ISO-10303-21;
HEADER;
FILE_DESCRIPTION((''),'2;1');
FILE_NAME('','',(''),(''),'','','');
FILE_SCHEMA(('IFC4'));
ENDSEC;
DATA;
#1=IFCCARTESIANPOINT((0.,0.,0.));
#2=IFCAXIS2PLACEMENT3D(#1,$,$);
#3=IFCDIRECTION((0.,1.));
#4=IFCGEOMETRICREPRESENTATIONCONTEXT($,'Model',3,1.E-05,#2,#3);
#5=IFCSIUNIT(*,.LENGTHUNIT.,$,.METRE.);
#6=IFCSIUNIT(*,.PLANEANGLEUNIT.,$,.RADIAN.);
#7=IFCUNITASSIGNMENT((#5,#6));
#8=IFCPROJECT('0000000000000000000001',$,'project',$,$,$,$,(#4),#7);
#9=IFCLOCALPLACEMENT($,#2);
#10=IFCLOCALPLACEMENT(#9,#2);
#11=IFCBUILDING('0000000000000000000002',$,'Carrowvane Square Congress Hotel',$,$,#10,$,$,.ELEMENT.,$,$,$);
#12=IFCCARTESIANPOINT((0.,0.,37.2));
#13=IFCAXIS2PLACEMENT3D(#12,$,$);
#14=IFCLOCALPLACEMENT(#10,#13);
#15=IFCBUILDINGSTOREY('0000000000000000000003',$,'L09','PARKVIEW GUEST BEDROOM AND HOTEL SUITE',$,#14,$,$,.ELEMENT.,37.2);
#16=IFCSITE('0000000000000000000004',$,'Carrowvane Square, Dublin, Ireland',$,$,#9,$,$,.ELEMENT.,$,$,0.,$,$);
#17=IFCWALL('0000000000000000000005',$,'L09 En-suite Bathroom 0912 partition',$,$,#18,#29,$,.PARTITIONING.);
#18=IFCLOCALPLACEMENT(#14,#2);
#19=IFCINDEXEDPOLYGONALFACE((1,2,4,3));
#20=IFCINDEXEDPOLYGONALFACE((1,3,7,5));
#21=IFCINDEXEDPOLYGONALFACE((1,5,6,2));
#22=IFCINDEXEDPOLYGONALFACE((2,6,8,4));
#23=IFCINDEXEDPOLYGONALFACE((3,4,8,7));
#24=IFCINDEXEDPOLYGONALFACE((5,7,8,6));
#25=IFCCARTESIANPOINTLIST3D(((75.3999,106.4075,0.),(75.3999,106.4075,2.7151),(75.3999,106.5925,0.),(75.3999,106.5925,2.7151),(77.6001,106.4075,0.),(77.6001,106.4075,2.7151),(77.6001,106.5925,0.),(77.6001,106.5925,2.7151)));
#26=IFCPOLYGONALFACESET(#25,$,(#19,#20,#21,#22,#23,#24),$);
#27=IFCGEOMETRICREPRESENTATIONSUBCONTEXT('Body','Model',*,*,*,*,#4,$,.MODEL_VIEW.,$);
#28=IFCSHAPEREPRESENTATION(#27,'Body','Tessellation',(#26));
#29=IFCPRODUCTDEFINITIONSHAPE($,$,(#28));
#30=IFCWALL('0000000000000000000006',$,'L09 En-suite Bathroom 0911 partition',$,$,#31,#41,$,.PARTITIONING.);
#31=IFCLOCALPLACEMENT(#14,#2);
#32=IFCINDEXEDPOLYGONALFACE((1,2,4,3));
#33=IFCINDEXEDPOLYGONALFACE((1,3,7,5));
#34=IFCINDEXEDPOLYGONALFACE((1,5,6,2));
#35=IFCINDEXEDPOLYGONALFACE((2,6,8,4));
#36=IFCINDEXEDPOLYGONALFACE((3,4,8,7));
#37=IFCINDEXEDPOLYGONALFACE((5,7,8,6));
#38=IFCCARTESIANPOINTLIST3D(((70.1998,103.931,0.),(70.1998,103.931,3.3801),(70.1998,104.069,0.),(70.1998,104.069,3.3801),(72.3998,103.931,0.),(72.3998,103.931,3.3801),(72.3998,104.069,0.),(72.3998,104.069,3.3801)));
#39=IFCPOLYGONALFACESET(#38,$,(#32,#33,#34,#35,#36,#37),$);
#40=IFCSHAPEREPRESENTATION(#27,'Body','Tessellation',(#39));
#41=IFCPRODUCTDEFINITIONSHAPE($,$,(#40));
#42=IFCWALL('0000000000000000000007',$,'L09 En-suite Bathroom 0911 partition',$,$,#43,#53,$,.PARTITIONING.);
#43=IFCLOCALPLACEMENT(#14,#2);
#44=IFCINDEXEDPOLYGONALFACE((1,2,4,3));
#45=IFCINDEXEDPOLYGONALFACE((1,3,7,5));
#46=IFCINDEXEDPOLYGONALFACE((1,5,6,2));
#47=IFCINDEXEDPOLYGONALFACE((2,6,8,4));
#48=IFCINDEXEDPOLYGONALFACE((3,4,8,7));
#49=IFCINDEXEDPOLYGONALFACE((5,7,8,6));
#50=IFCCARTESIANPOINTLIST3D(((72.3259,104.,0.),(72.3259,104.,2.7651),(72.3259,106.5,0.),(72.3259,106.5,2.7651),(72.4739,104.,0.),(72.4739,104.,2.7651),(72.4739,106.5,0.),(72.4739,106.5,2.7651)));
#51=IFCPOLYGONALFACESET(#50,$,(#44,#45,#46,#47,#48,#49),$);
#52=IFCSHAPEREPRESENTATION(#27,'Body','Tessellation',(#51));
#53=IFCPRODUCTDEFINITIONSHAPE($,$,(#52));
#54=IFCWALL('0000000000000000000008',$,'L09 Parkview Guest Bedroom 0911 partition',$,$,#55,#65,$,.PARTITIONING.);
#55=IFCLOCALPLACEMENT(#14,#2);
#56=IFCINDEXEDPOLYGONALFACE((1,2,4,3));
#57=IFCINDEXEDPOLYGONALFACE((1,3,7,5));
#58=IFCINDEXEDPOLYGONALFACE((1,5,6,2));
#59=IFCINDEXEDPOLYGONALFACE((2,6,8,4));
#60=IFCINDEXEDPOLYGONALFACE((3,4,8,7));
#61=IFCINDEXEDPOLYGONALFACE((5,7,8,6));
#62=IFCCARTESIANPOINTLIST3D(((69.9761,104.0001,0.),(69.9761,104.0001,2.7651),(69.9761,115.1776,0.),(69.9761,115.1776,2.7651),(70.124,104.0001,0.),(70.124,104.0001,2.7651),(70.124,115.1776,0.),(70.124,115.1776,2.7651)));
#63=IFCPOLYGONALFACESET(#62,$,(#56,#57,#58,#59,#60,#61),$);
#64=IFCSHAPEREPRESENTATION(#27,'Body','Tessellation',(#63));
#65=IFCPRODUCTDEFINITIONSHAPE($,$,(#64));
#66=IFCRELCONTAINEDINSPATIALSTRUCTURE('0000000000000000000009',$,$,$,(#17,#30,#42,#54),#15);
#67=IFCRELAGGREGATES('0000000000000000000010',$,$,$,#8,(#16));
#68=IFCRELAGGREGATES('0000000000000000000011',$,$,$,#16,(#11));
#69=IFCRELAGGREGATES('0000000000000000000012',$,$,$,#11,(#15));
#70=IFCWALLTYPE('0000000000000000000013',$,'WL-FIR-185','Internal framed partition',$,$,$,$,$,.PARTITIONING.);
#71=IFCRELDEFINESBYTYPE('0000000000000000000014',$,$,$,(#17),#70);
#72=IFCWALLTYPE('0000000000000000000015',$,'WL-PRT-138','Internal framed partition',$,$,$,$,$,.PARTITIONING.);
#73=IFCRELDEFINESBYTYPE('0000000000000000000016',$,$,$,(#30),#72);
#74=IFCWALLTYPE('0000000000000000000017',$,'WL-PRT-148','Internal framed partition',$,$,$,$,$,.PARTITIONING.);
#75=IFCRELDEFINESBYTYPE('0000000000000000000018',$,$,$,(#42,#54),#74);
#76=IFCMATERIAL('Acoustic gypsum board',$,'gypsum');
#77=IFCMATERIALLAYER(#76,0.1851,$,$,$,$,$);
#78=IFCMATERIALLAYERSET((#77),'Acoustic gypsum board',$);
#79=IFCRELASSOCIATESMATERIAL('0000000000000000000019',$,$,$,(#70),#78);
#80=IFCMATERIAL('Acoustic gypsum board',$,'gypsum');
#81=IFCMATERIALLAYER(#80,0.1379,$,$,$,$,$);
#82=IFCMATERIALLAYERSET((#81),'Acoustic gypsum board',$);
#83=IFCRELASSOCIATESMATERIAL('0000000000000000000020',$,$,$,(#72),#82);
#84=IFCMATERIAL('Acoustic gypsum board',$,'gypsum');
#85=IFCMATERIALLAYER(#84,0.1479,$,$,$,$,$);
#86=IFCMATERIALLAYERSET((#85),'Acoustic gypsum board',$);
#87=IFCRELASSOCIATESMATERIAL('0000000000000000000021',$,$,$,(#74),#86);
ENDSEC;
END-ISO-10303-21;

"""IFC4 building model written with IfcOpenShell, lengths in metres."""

from ifc_helpers import new_model, si_unit, direction, frame, frame_2d, origin, place, context, subcontext, project, spatial, rectangle, extrude, material, layer, layer_set, type_object, element, save


model = new_model("IFC4")

# Units and contexts
model_context = context("Model", 3, precision=1e-05, world=origin(), true_north=direction((0.0, 1.0)))
body_context = subcontext(model_context, "Body", "Model", "MODEL_VIEW")
ifc_project = project(units=[si_unit("LENGTHUNIT", "METRE"), si_unit("PLANEANGLEUNIT", "RADIAN")], contexts=[model_context])

# Site, building, storey
site_placement = place(None, origin())
site = spatial("IfcSite", under=ifc_project, at=site_placement, Name="Carrowvane Square, Dublin, Ireland", CompositionType="ELEMENT", RefElevation=0.0)
building_placement = place(site_placement, origin())
building = spatial("IfcBuilding", under=site, at=building_placement, Name="Carrowvane Square Congress Hotel", CompositionType="ELEMENT")
storey_placement = place(building_placement, frame((0.0, 0.0, 37.2)))
storey = spatial("IfcBuildingStorey", under=building, at=storey_placement, Name="L09", Description="PARKVIEW GUEST BEDROOM AND HOTEL SUITE", CompositionType="ELEMENT", Elevation=37.2)

# Walls
ifc_material_1 = material(Name="Acoustic gypsum board", Category="gypsum")
ifc_layer_1 = layer(ifc_material_1, 0.1851)
ifc_layer_set_1 = layer_set([ifc_layer_1], Name="Acoustic gypsum board")
wall_type_1 = type_object("IfcWallType", Name="WL-FIR-185", Description="Internal framed partition", PredefinedType="PARTITIONING", material=ifc_layer_set_1)
wall_1_placement = place(storey_placement, frame((75.3999, 106.5, 0.0), z_axis=(0.0, 0.0, 1.0), x_axis=(1.0, 0.0, 0.0)))
element("IfcWall", 1, at=wall_1_placement, inside=storey, type_object=wall_type_1, Name="L09 En-suite Bathroom 0912 partition", PredefinedType="PARTITIONING", context=body_context, shape_type="SweptSolid", body=[
    extrude(rectangle(XDim=2.2002, YDim=0.1851, at=frame_2d((1.1001, 0.0))), origin(), (0.0, 0.0, 1.0), 2.7151),
])
ifc_material_2 = material(Name="Acoustic gypsum board", Category="gypsum")
ifc_layer_2 = layer(ifc_material_2, 0.1379)
ifc_layer_set_2 = layer_set([ifc_layer_2], Name="Acoustic gypsum board")
wall_type_2 = type_object("IfcWallType", Name="WL-PRT-138", Description="Internal framed partition", PredefinedType="PARTITIONING", material=ifc_layer_set_2)
wall_2_placement = place(storey_placement, frame((72.3999, 104.0, 0.0), z_axis=(0.0, 0.0, 1.0), x_axis=(-1.0, 0.0, 0.0)))
element("IfcWall", 2, at=wall_2_placement, inside=storey, type_object=wall_type_2, Name="L09 En-suite Bathroom 0911 partition", PredefinedType="PARTITIONING", context=body_context, shape_type="SweptSolid", body=[
    extrude(rectangle(XDim=2.2, YDim=0.1379, at=frame_2d((1.1001, 0.0))), origin(), (0.0, 0.0, 1.0), 3.3801),
])
ifc_material_3 = material(Name="Acoustic gypsum board", Category="gypsum")
ifc_layer_3 = layer(ifc_material_3, 0.1479)
ifc_layer_set_3 = layer_set([ifc_layer_3], Name="Acoustic gypsum board")
wall_type_3 = type_object("IfcWallType", Name="WL-PRT-148", Description="Internal framed partition", PredefinedType="PARTITIONING", material=ifc_layer_set_3)
wall_3_placement = place(storey_placement, frame((72.3999, 106.5, 0.0), z_axis=(0.0, 0.0, 1.0), x_axis=(0.0, -1.0, 0.0)))
element("IfcWall", 3, at=wall_3_placement, inside=storey, type_object=wall_type_3, Name="L09 En-suite Bathroom 0911 partition", PredefinedType="PARTITIONING", context=body_context, shape_type="SweptSolid", body=[
    extrude(rectangle(XDim=2.5, YDim=0.1479, at=frame_2d((1.25, 0.0))), origin(), (0.0, 0.0, 1.0), 2.7651),
])
wall_4_placement = place(storey_placement, frame((70.05, 104.0, 0.0), z_axis=(0.0, 0.0, 1.0), x_axis=(0.0, 1.0, 0.0)))
element("IfcWall", 4, at=wall_4_placement, inside=storey, type_object=wall_type_3, Name="L09 Parkview Guest Bedroom 0911 partition", PredefinedType="PARTITIONING", context=body_context, shape_type="SweptSolid", body=[
    extrude(rectangle(XDim=11.1775, YDim=0.1479, at=frame_2d((5.5889, 0.0))), origin(), (0.0, 0.0, 1.0), 2.7651),
])

save(model, "model.ifc")
